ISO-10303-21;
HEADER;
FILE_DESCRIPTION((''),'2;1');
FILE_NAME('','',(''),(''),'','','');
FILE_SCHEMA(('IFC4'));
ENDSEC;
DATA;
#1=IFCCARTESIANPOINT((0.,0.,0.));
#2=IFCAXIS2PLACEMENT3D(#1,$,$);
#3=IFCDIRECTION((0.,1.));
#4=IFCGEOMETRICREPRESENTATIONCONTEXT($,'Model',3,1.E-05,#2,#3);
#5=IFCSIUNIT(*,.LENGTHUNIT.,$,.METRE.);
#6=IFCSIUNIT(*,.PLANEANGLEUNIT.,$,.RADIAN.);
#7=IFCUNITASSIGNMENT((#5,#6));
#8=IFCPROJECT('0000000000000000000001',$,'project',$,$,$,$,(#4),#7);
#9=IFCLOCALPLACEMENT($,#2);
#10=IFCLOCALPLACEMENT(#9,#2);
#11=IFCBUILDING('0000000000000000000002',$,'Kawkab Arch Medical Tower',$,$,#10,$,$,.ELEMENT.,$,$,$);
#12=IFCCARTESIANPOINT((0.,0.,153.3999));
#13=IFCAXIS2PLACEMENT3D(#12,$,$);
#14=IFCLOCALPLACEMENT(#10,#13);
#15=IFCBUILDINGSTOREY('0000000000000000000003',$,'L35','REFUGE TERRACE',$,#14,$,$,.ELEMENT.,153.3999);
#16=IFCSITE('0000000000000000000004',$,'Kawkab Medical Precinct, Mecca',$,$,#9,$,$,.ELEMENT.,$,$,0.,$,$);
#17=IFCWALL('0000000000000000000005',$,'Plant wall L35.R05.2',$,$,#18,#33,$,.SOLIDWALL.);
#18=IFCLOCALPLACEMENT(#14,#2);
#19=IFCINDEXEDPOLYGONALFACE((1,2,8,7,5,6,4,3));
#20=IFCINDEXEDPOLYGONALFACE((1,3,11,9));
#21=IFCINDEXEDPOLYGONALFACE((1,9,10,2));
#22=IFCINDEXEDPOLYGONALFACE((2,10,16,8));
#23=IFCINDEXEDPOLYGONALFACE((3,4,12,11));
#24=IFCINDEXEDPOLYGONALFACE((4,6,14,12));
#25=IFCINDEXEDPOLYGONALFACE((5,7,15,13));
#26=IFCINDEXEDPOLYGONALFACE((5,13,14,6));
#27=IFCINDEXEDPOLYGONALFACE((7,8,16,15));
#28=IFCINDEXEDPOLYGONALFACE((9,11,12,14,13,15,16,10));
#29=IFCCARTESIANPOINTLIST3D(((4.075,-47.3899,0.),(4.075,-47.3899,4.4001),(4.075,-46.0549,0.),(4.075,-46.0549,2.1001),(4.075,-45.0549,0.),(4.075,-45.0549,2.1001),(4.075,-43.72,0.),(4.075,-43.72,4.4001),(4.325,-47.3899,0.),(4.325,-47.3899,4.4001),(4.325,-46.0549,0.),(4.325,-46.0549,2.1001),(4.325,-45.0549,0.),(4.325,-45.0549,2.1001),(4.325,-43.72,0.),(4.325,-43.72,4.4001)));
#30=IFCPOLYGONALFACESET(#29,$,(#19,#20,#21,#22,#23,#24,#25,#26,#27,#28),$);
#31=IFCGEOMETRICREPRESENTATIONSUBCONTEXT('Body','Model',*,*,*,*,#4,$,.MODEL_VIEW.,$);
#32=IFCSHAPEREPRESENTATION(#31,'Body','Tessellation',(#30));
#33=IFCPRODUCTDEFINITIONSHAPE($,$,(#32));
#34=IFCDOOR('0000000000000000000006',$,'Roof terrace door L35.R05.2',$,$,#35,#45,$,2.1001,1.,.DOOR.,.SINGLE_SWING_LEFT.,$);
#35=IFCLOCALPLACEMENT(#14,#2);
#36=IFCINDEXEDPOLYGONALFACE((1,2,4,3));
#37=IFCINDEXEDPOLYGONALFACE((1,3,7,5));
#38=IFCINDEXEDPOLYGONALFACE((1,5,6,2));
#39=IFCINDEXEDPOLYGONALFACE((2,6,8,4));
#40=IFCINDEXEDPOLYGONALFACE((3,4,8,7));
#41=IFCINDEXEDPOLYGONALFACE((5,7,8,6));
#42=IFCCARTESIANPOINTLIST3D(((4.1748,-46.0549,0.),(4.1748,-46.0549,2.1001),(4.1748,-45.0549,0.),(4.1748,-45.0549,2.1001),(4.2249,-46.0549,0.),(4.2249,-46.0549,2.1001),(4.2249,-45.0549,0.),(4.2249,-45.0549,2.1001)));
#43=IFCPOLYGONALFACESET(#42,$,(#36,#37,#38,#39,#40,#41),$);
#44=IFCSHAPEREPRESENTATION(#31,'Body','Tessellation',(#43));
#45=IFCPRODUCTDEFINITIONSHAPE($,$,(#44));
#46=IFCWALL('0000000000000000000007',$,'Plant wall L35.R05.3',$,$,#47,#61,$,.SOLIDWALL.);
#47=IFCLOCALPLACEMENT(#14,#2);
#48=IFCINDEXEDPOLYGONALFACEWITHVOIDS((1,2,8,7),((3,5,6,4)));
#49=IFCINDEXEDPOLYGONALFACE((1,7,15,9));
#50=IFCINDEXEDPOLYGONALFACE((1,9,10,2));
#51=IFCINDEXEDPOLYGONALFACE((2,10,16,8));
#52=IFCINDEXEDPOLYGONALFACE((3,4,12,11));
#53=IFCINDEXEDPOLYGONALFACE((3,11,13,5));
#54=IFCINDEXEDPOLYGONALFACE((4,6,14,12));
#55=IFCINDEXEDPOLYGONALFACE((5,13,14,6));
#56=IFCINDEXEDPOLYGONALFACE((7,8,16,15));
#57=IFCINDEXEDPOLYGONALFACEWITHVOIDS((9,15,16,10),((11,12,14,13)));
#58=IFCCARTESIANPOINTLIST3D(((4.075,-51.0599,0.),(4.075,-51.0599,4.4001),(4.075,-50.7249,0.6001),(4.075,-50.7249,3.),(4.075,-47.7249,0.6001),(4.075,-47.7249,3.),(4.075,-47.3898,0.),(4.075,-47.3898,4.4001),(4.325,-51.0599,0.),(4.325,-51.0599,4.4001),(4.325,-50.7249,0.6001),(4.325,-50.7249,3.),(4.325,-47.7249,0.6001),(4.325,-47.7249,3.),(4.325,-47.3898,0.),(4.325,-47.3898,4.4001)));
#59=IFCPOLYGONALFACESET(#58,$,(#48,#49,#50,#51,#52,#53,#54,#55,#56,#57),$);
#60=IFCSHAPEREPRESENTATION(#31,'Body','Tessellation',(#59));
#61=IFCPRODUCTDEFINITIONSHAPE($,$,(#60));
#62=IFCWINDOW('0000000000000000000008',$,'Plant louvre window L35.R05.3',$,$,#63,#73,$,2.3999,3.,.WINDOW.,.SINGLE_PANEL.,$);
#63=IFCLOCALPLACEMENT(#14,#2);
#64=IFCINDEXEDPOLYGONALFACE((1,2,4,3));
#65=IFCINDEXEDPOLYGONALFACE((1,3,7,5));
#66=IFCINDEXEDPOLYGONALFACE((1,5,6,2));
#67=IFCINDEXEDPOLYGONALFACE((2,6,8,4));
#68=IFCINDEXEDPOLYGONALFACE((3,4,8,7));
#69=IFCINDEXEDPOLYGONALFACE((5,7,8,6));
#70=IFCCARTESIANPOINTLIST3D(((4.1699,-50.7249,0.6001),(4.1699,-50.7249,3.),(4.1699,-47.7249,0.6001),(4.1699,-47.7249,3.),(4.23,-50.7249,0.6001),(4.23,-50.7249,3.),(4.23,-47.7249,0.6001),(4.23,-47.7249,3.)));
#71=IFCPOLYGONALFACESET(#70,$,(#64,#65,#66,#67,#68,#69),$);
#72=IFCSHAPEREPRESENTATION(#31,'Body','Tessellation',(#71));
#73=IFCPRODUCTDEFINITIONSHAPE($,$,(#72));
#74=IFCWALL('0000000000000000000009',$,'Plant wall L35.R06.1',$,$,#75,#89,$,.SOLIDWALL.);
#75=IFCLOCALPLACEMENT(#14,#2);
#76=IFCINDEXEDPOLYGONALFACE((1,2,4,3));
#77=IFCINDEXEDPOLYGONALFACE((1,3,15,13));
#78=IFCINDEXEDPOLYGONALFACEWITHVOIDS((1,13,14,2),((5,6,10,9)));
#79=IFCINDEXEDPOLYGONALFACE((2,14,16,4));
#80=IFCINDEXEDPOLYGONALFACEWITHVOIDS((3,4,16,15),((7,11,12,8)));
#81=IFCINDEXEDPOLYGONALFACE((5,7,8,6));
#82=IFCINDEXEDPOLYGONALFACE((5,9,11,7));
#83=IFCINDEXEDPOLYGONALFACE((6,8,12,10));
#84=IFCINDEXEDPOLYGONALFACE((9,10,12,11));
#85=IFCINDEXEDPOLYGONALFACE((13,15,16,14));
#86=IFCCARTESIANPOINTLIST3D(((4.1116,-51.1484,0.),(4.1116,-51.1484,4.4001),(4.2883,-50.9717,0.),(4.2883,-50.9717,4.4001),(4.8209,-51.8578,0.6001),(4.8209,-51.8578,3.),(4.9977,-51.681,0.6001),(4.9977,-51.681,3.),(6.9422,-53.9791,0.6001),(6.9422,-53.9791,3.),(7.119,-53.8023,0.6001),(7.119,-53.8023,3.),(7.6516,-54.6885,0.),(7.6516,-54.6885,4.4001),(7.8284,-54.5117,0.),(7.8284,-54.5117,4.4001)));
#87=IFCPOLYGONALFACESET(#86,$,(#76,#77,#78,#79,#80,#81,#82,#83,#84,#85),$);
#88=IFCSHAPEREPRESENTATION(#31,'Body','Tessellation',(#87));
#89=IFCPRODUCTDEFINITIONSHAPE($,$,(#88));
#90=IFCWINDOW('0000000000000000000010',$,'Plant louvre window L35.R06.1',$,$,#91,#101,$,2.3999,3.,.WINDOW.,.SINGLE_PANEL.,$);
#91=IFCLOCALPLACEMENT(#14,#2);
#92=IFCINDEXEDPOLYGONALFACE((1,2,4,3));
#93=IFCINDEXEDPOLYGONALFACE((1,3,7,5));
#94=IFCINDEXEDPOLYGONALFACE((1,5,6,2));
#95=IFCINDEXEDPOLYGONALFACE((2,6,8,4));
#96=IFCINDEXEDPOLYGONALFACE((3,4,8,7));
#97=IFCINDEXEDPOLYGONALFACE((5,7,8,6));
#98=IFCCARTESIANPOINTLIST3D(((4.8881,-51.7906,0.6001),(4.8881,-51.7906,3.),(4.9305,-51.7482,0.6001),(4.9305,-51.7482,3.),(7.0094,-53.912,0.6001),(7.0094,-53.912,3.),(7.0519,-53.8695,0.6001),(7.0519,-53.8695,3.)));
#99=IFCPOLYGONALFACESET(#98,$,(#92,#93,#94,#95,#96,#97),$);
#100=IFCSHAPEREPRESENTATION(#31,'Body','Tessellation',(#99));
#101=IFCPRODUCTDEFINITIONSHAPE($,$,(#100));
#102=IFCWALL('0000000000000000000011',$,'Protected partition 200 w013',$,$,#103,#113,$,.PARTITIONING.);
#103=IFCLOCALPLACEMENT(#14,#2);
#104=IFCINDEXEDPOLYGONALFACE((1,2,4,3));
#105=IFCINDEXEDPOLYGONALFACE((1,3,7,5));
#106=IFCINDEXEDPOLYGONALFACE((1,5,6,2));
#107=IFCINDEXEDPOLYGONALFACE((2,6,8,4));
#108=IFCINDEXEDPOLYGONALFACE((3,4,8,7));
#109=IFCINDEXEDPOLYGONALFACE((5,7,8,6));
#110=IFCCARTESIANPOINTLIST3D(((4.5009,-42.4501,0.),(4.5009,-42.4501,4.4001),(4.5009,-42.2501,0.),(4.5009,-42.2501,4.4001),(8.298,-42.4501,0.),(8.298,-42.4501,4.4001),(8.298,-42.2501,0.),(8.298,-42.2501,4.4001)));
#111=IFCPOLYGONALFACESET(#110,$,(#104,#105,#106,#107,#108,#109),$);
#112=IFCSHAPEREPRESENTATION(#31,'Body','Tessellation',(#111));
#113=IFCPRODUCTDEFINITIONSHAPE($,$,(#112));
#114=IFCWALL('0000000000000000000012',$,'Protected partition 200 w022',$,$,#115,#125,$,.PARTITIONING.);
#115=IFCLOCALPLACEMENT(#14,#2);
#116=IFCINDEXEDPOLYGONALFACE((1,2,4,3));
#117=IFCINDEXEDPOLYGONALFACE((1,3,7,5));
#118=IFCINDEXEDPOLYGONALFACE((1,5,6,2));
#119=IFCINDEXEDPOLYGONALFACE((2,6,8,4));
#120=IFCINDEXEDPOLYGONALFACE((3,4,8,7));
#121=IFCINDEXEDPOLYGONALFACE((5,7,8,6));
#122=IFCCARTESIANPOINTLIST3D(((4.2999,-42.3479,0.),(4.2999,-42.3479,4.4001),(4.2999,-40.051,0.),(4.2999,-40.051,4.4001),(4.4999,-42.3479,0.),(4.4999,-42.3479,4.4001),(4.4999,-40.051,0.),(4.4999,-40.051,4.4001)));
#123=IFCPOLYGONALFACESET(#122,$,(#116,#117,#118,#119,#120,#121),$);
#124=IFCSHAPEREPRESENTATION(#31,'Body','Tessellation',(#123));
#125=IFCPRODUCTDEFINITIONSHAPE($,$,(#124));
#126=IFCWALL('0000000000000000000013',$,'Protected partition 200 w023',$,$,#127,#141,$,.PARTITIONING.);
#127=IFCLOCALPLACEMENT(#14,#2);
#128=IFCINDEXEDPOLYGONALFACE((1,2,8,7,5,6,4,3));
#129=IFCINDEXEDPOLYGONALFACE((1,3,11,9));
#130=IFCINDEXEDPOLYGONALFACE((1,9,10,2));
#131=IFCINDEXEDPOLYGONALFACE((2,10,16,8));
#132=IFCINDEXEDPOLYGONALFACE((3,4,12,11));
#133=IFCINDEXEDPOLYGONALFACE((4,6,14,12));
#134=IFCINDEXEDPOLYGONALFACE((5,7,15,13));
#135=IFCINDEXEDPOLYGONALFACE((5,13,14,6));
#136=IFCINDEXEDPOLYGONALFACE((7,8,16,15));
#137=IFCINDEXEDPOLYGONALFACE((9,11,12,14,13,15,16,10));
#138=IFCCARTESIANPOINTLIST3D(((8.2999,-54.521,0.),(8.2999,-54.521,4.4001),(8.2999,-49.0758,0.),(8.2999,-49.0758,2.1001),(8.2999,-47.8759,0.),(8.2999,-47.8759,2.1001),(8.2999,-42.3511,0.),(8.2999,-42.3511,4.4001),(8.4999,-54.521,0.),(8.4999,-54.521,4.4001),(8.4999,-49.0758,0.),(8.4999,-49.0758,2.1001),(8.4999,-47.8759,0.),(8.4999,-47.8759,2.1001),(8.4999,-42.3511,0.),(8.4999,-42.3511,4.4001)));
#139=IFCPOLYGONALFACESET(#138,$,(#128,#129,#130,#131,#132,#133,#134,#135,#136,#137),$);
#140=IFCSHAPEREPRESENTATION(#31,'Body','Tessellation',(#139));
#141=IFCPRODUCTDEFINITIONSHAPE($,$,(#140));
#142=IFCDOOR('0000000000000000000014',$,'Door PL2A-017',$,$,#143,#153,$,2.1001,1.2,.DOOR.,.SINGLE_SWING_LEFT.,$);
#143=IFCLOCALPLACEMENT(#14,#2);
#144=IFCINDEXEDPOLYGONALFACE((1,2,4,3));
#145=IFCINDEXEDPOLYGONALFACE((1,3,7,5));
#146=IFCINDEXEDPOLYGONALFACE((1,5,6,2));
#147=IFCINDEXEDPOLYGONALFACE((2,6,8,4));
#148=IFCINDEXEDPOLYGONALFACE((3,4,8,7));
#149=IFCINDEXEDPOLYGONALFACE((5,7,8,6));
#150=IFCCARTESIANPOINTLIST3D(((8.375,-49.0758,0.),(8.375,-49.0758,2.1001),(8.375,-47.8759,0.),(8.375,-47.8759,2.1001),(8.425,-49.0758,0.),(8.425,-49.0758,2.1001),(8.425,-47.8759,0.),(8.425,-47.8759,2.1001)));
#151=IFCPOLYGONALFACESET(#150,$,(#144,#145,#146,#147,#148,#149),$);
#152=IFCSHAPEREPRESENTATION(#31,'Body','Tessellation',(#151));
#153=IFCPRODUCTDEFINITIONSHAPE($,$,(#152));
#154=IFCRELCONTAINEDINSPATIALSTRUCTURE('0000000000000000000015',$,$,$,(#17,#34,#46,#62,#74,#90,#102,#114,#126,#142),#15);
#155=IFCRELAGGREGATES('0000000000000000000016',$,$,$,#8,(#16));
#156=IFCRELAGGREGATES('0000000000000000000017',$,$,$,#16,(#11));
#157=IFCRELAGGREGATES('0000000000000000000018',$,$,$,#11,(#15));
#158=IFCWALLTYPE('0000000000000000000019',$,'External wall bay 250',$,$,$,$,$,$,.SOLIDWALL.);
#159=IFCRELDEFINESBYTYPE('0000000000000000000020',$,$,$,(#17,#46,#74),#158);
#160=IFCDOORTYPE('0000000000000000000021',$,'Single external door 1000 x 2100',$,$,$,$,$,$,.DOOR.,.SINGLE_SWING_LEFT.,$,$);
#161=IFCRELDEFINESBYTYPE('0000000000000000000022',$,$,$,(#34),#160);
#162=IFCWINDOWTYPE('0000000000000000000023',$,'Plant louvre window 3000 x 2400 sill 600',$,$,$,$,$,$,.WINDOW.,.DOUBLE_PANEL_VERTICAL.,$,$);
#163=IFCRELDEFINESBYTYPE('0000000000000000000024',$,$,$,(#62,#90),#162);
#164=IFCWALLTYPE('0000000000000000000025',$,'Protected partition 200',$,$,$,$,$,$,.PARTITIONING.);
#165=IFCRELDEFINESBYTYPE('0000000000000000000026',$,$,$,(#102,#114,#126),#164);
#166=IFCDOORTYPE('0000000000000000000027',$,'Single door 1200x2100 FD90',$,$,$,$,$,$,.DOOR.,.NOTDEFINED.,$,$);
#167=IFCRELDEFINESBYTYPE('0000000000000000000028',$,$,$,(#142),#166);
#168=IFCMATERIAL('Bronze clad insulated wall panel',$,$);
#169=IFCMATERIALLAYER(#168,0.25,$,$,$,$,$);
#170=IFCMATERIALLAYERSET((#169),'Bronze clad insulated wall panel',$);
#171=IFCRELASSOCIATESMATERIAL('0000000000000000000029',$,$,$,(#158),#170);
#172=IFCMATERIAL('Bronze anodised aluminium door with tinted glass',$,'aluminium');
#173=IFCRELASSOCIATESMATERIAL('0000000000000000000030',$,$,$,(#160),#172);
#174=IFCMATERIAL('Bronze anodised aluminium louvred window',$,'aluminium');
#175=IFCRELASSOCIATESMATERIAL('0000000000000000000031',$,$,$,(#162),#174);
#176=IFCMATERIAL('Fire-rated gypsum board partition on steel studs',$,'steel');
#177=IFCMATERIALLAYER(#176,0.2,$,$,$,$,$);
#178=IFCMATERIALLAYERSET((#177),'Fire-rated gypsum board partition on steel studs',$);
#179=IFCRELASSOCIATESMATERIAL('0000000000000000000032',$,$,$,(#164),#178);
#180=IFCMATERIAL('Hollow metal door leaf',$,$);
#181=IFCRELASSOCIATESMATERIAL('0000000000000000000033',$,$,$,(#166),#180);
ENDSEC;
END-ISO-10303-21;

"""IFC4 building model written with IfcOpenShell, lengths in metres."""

from ifc_helpers import new_model, si_unit, direction, frame, frame_2d, origin, place, context, subcontext, project, spatial, rectangle, extrude, material, layer, layer_set, type_object, element, fill, save


model = new_model("IFC4")

# Units and contexts
model_context = context("Model", 3, precision=1e-05, world=origin(), true_north=direction((0.0, 1.0)))
body_context = subcontext(model_context, "Body", "Model", "MODEL_VIEW")
ifc_project = project(units=[si_unit("LENGTHUNIT", "METRE"), si_unit("PLANEANGLEUNIT", "RADIAN")], contexts=[model_context])

# Site, building, storey
site_placement = place(None, origin())
site = spatial("IfcSite", under=ifc_project, at=site_placement, Name="Kawkab Medical Precinct, Mecca", CompositionType="ELEMENT", RefElevation=0.0)
building_placement = place(site_placement, origin())
building = spatial("IfcBuilding", under=site, at=building_placement, Name="Kawkab Arch Medical Tower", CompositionType="ELEMENT")
storey_placement = place(building_placement, frame((0.0, 0.0, 153.3999)))
storey = spatial("IfcBuildingStorey", under=building, at=storey_placement, Name="L35", Description="REFUGE TERRACE", CompositionType="ELEMENT", Elevation=153.3999)

# Wall, opening, door
ifc_material_1 = material(Name="Bronze clad insulated wall panel")
ifc_layer_1 = layer(ifc_material_1, 0.25)
ifc_layer_set_1 = layer_set([ifc_layer_1], Name="Bronze clad insulated wall panel")
wall_type_1 = type_object("IfcWallType", Name="External wall bay 250", PredefinedType="SOLIDWALL", material=ifc_layer_set_1)
wall_1_placement = place(storey_placement, frame((4.2, -43.72, 0.0), z_axis=(0.0, 0.0, 1.0), x_axis=(0.0, -1.0, 0.0)))
wall_1 = element("IfcWall", 1, at=wall_1_placement, inside=storey, type_object=wall_type_1, Name="Plant wall L35.R05.2", PredefinedType="SOLIDWALL", context=body_context, shape_type="SweptSolid", body=[
    extrude(rectangle(XDim=3.6699, YDim=0.25, at=frame_2d((1.835, 0.0))), origin(), (0.0, 0.0, 1.0), 4.4001),
])
opening_1_placement = place(wall_1_placement, frame((1.335, 0.0, 0.0)))
opening_1 = element("IfcOpeningElement", 2, at=opening_1_placement, cuts=wall_1, PredefinedType="OPENING", context=body_context, shape_type="SweptSolid", body=[
    extrude(rectangle(XDim=1.0, YDim=2.1001, at=frame_2d((0.5, 1.05))), frame((0.0, 0.135, 0.0), z_axis=(0.0, -1.0, 0.0), x_axis=(1.0, 0.0, 0.0)), (0.0, 0.0, 1.0), 0.27),
])
ifc_material_2 = material(Name="Bronze anodised aluminium door with tinted glass", Category="aluminium")
door_type_1 = type_object("IfcDoorType", Name="Single external door 1000 x 2100", OperationType="SINGLE_SWING_LEFT", PredefinedType="DOOR", material=ifc_material_2)
door_1_placement = place(opening_1_placement, origin())
door_1 = element("IfcDoor", 3, at=door_1_placement, inside=storey, type_object=door_type_1, Name="Roof terrace door L35.R05.2", OperationType="SINGLE_SWING_LEFT", OverallHeight=2.1001, OverallWidth=1.0, PredefinedType="DOOR", context=body_context, shape_type="SweptSolid", body=[
    extrude(rectangle(XDim=1.0, YDim=2.1001, at=frame_2d((0.5, 1.05))), frame((0.0, 0.0249, 0.0), z_axis=(0.0, -1.0, 0.0), x_axis=(1.0, 0.0, 0.0)), (0.0, 0.0, 1.0), 0.05),
])
fill(opening_1, door_1)

# Walls, openings, windows
wall_2_placement = place(storey_placement, frame((4.2, -47.3899, 0.0), z_axis=(0.0, 0.0, 1.0), x_axis=(0.0, -1.0, 0.0)))
wall_2 = element("IfcWall", 4, at=wall_2_placement, inside=storey, type_object=wall_type_1, Name="Plant wall L35.R05.3", PredefinedType="SOLIDWALL", context=body_context, shape_type="SweptSolid", body=[
    extrude(rectangle(XDim=3.6702, YDim=0.25, at=frame_2d((1.835, 0.0))), origin(), (0.0, 0.0, 1.0), 4.4001),
])
opening_2_placement = place(wall_2_placement, frame((0.335, 0.0, 0.6001)))
opening_2 = element("IfcOpeningElement", 5, at=opening_2_placement, cuts=wall_2, PredefinedType="OPENING", context=body_context, shape_type="SweptSolid", body=[
    extrude(rectangle(XDim=3.0, YDim=2.3999, at=frame_2d((1.5, 1.2))), frame((0.0, 0.135, 0.0), z_axis=(0.0, -1.0, 0.0), x_axis=(1.0, 0.0, 0.0)), (0.0, 0.0, 1.0), 0.27),
])
ifc_material_3 = material(Name="Bronze anodised aluminium louvred window", Category="aluminium")
window_type = type_object("IfcWindowType", Name="Plant louvre window 3000 x 2400 sill 600", PartitioningType="DOUBLE_PANEL_VERTICAL", PredefinedType="WINDOW", material=ifc_material_3)
window_1_placement = place(opening_2_placement, origin())
window_1 = element("IfcWindow", 6, at=window_1_placement, inside=storey, type_object=window_type, Name="Plant louvre window L35.R05.3", OverallHeight=2.3999, OverallWidth=3.0, PartitioningType="SINGLE_PANEL", PredefinedType="WINDOW", context=body_context, shape_type="SweptSolid", body=[
    extrude(rectangle(XDim=3.0, YDim=2.3999, at=frame_2d((1.5, 1.2))), frame((0.0, 0.03, 0.0), z_axis=(0.0, -1.0, 0.0), x_axis=(1.0, 0.0, 0.0)), (0.0, 0.0, 1.0), 0.0601),
])
fill(opening_2, window_1)
wall_3_placement = place(storey_placement, frame((4.2, -51.0601, 0.0), z_axis=(0.0, 0.0, 1.0), x_axis=(0.707107, -0.707107, 0.0)))
wall_3 = element("IfcWall", 7, at=wall_3_placement, inside=storey, type_object=wall_type_1, Name="Plant wall L35.R06.1", PredefinedType="SOLIDWALL", context=body_context, shape_type="SweptSolid", body=[
    extrude(rectangle(XDim=5.0063, YDim=0.25, at=frame_2d((2.5032, 0.0))), origin(), (0.0, 0.0, 1.0), 4.4001),
])
opening_3_placement = place(wall_3_placement, frame((1.0032, 0.0, 0.6001)))
opening_3 = element("IfcOpeningElement", 8, at=opening_3_placement, cuts=wall_3, PredefinedType="OPENING", context=body_context, shape_type="SweptSolid", body=[
    extrude(rectangle(XDim=3.0, YDim=2.3999, at=frame_2d((1.5, 1.2))), frame((0.0, 0.135, 0.0), z_axis=(0.0, -1.0, 0.0), x_axis=(1.0, 0.0, 0.0)), (0.0, 0.0, 1.0), 0.27),
])
window_2_placement = place(opening_3_placement, origin())
window_2 = element("IfcWindow", 9, at=window_2_placement, inside=storey, type_object=window_type, Name="Plant louvre window L35.R06.1", OverallHeight=2.3999, OverallWidth=3.0, PartitioningType="SINGLE_PANEL", PredefinedType="WINDOW", context=body_context, shape_type="SweptSolid", body=[
    extrude(rectangle(XDim=3.0, YDim=2.3999, at=frame_2d((1.5, 1.2))), frame((0.0, 0.03, 0.0), z_axis=(0.0, -1.0, 0.0), x_axis=(1.0, 0.0, 0.0)), (0.0, 0.0, 1.0), 0.0601),
])
fill(opening_3, window_2)

# Walls
ifc_material_4 = material(Name="Fire-rated gypsum board partition on steel studs", Category="steel")
ifc_layer_2 = layer(ifc_material_4, 0.2)
ifc_layer_set_2 = layer_set([ifc_layer_2], Name="Fire-rated gypsum board partition on steel studs")
wall_type_2 = type_object("IfcWallType", Name="Protected partition 200", PredefinedType="PARTITIONING", material=ifc_layer_set_2)
wall_4_placement = place(storey_placement, frame((4.501, -42.3501, 0.0), z_axis=(0.0, 0.0, 1.0), x_axis=(1.0, 0.0, 0.0)))
element("IfcWall", 10, at=wall_4_placement, inside=storey, type_object=wall_type_2, Name="Protected partition 200 w013", PredefinedType="PARTITIONING", context=body_context, shape_type="SweptSolid", body=[
    extrude(rectangle(XDim=3.7971, YDim=0.2, at=frame_2d((1.8984, 0.0))), origin(), (0.0, 0.0, 1.0), 4.4001),
])
wall_5_placement = place(storey_placement, frame((4.3999, -42.3479, 0.0), z_axis=(0.0, 0.0, 1.0), x_axis=(0.0, 1.0, 0.0)))
element("IfcWall", 11, at=wall_5_placement, inside=storey, type_object=wall_type_2, Name="Protected partition 200 w022", PredefinedType="PARTITIONING", context=body_context, shape_type="SweptSolid", body=[
    extrude(rectangle(XDim=2.2969, YDim=0.2, at=frame_2d((1.1484, 0.0))), origin(), (0.0, 0.0, 1.0), 4.4001),
])

# Wall, opening, door
wall_6_placement = place(storey_placement, frame((8.3999, -54.521, 0.0), z_axis=(0.0, 0.0, 1.0), x_axis=(0.0, 1.0, 0.0)))
wall_6 = element("IfcWall", 12, at=wall_6_placement, inside=storey, type_object=wall_type_2, Name="Protected partition 200 w023", PredefinedType="PARTITIONING", context=body_context, shape_type="SweptSolid", body=[
    extrude(rectangle(XDim=12.1699, YDim=0.2, at=frame_2d((6.085, 0.0))), origin(), (0.0, 0.0, 1.0), 4.4001),
])
opening_4_placement = place(wall_6_placement, frame((5.4451, 0.0, 0.0)))
opening_4 = element("IfcOpeningElement", 13, at=opening_4_placement, cuts=wall_6, PredefinedType="OPENING", context=body_context, shape_type="SweptSolid", body=[
    extrude(rectangle(XDim=1.2, YDim=2.1001, at=frame_2d((0.6001, 1.05))), frame((0.0, 0.1099, 0.0), z_axis=(0.0, -1.0, 0.0), x_axis=(1.0, 0.0, 0.0)), (0.0, 0.0, 1.0), 0.22),
])
ifc_material_5 = material(Name="Hollow metal door leaf")
door_type_2 = type_object("IfcDoorType", Name="Single door 1200x2100 FD90", OperationType="NOTDEFINED", PredefinedType="DOOR", material=ifc_material_5)
door_2_placement = place(opening_4_placement, origin())
door_2 = element("IfcDoor", 14, at=door_2_placement, inside=storey, type_object=door_type_2, Name="Door PL2A-017", OperationType="SINGLE_SWING_LEFT", OverallHeight=2.1001, OverallWidth=1.2, PredefinedType="DOOR", context=body_context, shape_type="SweptSolid", body=[
    extrude(rectangle(XDim=1.2, YDim=2.1001, at=frame_2d((0.6001, 1.05))), frame((0.0, 0.0249, 0.0), z_axis=(0.0, -1.0, 0.0), x_axis=(1.0, 0.0, 0.0)), (0.0, 0.0, 1.0), 0.05),
])
fill(opening_4, door_2)

save(model, "model.ifc")
